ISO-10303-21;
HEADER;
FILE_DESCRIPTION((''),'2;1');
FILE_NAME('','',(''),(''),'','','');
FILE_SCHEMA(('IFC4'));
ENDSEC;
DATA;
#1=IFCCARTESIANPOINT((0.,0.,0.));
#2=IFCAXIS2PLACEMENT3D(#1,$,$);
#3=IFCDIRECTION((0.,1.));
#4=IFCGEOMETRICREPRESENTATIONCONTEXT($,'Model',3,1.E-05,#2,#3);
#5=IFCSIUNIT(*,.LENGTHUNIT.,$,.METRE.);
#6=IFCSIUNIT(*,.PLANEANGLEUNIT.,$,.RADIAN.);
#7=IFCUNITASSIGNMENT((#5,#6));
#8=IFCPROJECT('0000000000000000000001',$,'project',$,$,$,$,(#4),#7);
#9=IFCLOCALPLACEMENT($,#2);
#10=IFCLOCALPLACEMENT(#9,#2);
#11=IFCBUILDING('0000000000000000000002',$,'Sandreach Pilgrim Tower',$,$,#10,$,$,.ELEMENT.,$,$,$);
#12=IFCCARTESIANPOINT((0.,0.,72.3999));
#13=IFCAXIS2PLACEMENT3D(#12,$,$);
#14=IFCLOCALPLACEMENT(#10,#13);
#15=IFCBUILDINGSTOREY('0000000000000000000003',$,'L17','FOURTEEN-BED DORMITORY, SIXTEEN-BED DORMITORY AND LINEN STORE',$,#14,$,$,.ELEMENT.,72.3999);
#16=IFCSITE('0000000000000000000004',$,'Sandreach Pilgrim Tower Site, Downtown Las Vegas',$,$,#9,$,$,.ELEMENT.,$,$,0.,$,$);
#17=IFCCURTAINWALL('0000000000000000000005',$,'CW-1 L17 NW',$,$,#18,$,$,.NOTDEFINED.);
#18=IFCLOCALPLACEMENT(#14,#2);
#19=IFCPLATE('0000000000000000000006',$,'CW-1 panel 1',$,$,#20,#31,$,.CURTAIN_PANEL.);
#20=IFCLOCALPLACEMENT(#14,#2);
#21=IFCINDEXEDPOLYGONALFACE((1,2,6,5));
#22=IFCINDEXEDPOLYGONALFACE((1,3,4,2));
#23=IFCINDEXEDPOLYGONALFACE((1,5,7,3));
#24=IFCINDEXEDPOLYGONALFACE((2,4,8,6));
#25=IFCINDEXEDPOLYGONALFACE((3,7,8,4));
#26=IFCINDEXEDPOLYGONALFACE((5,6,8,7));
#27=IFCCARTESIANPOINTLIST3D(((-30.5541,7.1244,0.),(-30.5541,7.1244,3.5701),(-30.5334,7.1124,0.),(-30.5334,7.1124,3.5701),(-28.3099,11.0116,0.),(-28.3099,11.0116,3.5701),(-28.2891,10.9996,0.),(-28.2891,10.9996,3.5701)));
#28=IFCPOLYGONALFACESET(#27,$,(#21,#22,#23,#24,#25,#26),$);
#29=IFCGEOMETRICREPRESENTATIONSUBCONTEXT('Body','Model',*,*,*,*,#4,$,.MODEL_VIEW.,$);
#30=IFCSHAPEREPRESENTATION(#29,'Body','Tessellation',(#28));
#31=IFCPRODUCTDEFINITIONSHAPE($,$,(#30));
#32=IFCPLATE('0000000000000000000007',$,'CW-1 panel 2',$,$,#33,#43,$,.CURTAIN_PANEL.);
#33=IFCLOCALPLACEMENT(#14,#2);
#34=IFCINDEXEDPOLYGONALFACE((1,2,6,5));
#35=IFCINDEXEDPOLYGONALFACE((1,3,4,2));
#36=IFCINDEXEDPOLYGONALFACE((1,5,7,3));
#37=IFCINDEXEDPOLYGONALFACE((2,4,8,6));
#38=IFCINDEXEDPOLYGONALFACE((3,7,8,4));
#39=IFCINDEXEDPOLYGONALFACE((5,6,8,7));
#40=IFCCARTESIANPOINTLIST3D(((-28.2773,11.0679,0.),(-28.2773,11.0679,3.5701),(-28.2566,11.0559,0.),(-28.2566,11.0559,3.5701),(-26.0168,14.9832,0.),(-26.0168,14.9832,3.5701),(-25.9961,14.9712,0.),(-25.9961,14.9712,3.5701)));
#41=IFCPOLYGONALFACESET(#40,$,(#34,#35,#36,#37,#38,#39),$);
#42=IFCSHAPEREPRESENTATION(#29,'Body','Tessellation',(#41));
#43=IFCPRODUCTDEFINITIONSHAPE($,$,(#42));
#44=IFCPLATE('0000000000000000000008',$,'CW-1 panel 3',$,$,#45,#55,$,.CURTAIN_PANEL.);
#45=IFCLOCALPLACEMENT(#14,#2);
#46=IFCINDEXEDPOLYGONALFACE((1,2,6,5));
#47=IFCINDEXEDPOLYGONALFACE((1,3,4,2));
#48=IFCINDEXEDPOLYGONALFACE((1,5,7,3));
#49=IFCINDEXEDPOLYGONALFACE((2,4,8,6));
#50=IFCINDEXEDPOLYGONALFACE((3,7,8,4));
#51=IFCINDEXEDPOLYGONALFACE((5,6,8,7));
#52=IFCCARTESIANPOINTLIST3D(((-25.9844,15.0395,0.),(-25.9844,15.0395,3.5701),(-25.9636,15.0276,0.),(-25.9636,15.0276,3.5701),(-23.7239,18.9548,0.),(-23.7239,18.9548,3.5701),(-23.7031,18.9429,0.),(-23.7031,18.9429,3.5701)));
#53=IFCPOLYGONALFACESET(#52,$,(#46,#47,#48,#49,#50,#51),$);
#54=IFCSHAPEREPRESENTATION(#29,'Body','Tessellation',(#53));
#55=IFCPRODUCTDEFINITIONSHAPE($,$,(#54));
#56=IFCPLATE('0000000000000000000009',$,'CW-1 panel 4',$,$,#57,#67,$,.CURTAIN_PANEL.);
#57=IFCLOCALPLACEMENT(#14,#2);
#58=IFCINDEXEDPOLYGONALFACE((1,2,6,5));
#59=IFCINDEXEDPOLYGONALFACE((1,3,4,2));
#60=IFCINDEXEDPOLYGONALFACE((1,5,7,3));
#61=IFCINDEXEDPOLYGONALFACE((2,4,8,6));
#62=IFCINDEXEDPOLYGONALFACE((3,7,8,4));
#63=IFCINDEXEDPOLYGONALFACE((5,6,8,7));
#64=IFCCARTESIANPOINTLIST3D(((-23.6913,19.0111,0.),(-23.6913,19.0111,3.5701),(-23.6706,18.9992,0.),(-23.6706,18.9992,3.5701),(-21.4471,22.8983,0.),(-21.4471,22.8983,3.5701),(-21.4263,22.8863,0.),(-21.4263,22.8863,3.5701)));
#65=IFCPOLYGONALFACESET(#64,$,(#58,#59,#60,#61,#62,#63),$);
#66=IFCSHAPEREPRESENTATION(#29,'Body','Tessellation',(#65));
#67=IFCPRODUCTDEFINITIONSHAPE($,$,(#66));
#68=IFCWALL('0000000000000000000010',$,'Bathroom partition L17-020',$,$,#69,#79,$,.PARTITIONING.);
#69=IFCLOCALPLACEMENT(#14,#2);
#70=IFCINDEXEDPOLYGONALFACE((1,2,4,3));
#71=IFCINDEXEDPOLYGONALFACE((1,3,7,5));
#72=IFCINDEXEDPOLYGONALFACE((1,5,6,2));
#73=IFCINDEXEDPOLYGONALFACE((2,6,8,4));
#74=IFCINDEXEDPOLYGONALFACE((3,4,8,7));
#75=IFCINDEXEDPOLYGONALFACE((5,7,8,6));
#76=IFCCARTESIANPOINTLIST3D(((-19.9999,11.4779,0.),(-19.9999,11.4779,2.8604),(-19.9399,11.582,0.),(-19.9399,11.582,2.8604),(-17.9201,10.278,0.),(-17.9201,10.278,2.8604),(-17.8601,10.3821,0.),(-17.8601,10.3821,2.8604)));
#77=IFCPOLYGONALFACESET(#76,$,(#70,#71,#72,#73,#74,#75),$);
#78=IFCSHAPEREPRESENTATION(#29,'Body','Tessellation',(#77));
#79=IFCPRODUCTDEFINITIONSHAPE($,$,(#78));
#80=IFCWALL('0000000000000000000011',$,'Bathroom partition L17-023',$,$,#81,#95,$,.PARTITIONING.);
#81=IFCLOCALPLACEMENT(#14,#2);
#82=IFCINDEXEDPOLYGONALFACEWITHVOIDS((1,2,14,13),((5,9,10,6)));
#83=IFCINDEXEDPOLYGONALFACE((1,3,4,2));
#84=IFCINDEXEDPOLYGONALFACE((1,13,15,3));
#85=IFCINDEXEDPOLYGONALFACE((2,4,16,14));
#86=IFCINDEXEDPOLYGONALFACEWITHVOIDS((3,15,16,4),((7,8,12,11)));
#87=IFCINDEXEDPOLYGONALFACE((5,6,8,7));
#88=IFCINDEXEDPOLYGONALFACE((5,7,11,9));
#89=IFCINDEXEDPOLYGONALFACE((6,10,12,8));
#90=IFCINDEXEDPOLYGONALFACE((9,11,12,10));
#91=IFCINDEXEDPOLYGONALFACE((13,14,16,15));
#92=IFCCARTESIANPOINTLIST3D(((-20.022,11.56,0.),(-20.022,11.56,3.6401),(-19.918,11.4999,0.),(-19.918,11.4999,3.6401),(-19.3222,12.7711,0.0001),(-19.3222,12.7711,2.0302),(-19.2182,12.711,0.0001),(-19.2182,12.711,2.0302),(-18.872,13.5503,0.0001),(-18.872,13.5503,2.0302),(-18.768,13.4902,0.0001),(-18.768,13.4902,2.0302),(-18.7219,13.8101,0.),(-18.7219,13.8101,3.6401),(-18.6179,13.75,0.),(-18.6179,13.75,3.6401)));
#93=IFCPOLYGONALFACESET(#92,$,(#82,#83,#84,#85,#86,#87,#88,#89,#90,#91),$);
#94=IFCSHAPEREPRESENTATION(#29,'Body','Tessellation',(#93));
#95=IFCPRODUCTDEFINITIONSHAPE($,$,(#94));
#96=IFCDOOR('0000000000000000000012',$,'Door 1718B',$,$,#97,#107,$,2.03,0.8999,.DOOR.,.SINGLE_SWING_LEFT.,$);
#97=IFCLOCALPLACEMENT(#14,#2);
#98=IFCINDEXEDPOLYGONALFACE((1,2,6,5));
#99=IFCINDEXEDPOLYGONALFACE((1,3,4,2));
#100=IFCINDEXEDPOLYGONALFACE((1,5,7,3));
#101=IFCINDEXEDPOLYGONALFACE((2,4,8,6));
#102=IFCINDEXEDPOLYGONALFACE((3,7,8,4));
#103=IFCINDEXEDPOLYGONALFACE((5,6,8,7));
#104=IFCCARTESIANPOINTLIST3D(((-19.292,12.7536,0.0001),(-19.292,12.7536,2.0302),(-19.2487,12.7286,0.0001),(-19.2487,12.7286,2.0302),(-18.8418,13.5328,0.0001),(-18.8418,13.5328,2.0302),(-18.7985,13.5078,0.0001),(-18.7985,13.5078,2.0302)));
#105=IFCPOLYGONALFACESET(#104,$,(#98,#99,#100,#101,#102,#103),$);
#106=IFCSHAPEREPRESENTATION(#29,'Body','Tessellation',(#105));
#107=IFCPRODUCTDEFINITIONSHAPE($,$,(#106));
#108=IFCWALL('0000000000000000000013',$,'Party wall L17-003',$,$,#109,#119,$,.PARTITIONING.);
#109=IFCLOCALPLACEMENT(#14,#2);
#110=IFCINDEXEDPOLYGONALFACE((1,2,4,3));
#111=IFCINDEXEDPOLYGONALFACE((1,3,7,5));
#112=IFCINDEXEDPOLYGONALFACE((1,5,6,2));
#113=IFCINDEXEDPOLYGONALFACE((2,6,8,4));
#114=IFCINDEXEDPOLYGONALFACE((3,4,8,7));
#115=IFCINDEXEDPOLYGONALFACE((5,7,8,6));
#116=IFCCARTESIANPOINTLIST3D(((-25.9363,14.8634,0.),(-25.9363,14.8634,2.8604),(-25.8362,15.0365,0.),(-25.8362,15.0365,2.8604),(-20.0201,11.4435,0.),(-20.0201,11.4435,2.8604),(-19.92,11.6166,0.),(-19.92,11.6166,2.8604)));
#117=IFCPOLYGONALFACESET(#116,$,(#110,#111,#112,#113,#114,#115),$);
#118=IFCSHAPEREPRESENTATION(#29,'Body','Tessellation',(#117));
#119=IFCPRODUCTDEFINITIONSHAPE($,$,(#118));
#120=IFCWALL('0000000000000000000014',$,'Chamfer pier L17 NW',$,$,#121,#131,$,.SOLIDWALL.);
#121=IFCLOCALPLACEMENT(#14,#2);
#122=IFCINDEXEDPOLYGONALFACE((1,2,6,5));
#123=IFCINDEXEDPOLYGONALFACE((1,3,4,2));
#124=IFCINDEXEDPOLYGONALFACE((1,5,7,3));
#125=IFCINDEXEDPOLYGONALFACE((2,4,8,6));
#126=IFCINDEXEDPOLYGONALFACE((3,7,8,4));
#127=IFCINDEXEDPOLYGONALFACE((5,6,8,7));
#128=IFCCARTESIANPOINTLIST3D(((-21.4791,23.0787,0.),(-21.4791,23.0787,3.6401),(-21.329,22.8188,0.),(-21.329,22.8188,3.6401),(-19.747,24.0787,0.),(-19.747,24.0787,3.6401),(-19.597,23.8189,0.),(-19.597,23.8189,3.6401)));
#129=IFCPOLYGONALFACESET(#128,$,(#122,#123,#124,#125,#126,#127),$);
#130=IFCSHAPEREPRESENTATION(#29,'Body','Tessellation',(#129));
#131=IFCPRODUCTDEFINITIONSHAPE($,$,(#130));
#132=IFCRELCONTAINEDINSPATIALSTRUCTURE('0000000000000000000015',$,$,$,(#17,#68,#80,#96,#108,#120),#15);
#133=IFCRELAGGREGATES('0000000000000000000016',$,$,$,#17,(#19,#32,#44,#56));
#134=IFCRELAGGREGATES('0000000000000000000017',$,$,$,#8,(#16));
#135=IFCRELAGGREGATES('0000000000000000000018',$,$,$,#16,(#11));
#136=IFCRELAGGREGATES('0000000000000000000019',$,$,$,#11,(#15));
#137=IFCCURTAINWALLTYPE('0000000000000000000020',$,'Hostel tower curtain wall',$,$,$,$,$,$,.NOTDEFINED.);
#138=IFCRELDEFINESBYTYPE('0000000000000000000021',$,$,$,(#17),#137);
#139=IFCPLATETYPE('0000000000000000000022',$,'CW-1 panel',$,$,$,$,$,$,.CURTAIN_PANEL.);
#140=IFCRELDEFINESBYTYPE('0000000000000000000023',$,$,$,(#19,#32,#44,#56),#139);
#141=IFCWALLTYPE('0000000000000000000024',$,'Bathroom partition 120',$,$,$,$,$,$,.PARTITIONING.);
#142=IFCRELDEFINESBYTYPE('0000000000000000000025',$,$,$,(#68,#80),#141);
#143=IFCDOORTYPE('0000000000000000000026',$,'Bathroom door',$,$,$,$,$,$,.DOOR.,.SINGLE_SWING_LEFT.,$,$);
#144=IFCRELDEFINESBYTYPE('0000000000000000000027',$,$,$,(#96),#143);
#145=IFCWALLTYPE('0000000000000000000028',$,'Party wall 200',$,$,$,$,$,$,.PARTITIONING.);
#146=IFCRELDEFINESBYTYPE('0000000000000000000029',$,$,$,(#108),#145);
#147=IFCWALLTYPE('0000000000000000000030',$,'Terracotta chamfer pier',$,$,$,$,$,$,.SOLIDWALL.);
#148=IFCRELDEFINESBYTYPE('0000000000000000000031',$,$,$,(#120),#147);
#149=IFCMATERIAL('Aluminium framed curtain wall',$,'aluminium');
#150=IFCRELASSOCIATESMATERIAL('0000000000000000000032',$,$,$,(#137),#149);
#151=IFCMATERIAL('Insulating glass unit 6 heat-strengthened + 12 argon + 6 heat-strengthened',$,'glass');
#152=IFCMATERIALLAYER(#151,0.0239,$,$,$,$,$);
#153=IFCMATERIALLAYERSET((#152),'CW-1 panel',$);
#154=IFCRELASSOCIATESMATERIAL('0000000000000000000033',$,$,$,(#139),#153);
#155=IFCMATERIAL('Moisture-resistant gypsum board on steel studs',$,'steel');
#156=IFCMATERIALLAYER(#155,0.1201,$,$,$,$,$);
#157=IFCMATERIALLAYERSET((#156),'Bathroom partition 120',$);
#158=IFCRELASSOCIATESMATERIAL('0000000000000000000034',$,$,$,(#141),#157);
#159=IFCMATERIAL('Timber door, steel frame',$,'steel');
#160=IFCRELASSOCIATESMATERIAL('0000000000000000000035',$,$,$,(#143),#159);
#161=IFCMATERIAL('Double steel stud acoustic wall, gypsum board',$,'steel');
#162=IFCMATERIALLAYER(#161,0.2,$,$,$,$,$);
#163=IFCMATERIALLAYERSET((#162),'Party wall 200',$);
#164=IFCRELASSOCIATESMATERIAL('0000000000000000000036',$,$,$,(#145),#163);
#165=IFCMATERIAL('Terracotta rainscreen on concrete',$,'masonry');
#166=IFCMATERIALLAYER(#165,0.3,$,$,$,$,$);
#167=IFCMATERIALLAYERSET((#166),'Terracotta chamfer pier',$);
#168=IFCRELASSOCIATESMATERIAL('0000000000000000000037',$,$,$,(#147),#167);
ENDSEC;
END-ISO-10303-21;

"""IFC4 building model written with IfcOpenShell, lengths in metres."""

from ifc_helpers import new_model, si_unit, direction, frame, frame_2d, origin, origin_2d, place, context, subcontext, project, spatial, rectangle, extrude, material, layer, layer_set, type_object, element, fill, aggregate, save


model = new_model("IFC4")

# Units and contexts
model_context = context("Model", 3, precision=1e-05, world=origin(), true_north=direction((0.0, 1.0)))
body_context = subcontext(model_context, "Body", "Model", "MODEL_VIEW")
ifc_project = project(units=[si_unit("LENGTHUNIT", "METRE"), si_unit("PLANEANGLEUNIT", "RADIAN")], contexts=[model_context])

# Site, building, storey
site_placement = place(None, origin())
site = spatial("IfcSite", under=ifc_project, at=site_placement, Name="Sandreach Pilgrim Tower Site, Downtown Las Vegas", CompositionType="ELEMENT", RefElevation=0.0)
building_placement = place(site_placement, origin())
building = spatial("IfcBuilding", under=site, at=building_placement, Name="Sandreach Pilgrim Tower", CompositionType="ELEMENT")
storey_placement = place(building_placement, frame((0.0, 0.0, 72.3999)))
storey = spatial("IfcBuildingStorey", under=building, at=storey_placement, Name="L17", Description="FOURTEEN-BED DORMITORY, SIXTEEN-BED DORMITORY AND LINEN STORE", CompositionType="ELEMENT", Elevation=72.3999)

# Shared definitions
ifc_material_1 = material(Name="Aluminium framed curtain wall", Category="aluminium")
curtain_wall_type = type_object("IfcCurtainWallType", Name="Hostel tower curtain wall", PredefinedType="NOTDEFINED", material=ifc_material_1)

# Curtain wall
curtain_wall_1_placement = place(storey_placement, origin())
curtain_wall_1 = element("IfcCurtainWall", 1, at=curtain_wall_1_placement, inside=storey, type_object=curtain_wall_type, Name="CW-1 L17 NW", PredefinedType="NOTDEFINED")

# Plates
ifc_material_2 = material(Name="Insulating glass unit 6 heat-strengthened + 12 argon + 6 heat-strengthened", Category="glass")
ifc_layer_1 = layer(ifc_material_2, 0.0239)
ifc_layer_set_1 = layer_set([ifc_layer_1], Name="CW-1 panel")
plate_type = type_object("IfcPlateType", Name="CW-1 panel", PredefinedType="CURTAIN_PANEL", material=ifc_layer_set_1)
plate_1_placement = place(storey_placement, frame((-29.4216, 9.062, 0.0), z_axis=(0.0, 0.0, 1.0), x_axis=(0.5, 0.866025, 0.0)))
plate_1 = element("IfcPlate", 2, at=plate_1_placement, type_object=plate_type, Name="CW-1 panel 1", PredefinedType="CURTAIN_PANEL", context=body_context, shape_type="SweptSolid", body=[
    extrude(rectangle(XDim=4.4885, YDim=0.0239, at=origin_2d()), origin(), (0.0, 0.0, 1.0), 3.5701),
])
plate_2_placement = place(storey_placement, frame((-27.1367, 13.0195, 0.0), z_axis=(0.0, 0.0, 1.0), x_axis=(0.5, 0.866025, 0.0)))
plate_2 = element("IfcPlate", 3, at=plate_2_placement, type_object=plate_type, Name="CW-1 panel 2", PredefinedType="CURTAIN_PANEL", context=body_context, shape_type="SweptSolid", body=[
    extrude(rectangle(XDim=4.521, YDim=0.0239, at=origin_2d()), origin(), (0.0, 0.0, 1.0), 3.5701),
])
plate_3_placement = place(storey_placement, frame((-24.8438, 16.9912, 0.0), z_axis=(0.0, 0.0, 1.0), x_axis=(0.5, 0.866025, 0.0)))
plate_3 = element("IfcPlate", 4, at=plate_3_placement, type_object=plate_type, Name="CW-1 panel 3", PredefinedType="CURTAIN_PANEL", context=body_context, shape_type="SweptSolid", body=[
    extrude(rectangle(XDim=4.521, YDim=0.0239, at=origin_2d()), origin(), (0.0, 0.0, 1.0), 3.5701),
])
plate_4_placement = place(storey_placement, frame((-22.5588, 20.9487, 0.0), z_axis=(0.0, 0.0, 1.0), x_axis=(0.5, 0.866025, 0.0)))
plate_4 = element("IfcPlate", 5, at=plate_4_placement, type_object=plate_type, Name="CW-1 panel 4", PredefinedType="CURTAIN_PANEL", context=body_context, shape_type="SweptSolid", body=[
    extrude(rectangle(XDim=4.4885, YDim=0.0239, at=origin_2d()), origin(), (0.0, 0.0, 1.0), 3.5701),
])
aggregate(curtain_wall_1, [plate_1, plate_2, plate_3, plate_4])

# Wall
ifc_material_3 = material(Name="Moisture-resistant gypsum board on steel studs", Category="steel")
ifc_layer_2 = layer(ifc_material_3, 0.1201)
ifc_layer_set_2 = layer_set([ifc_layer_2], Name="Bathroom partition 120")
wall_type_1 = type_object("IfcWallType", Name="Bathroom partition 120", PredefinedType="PARTITIONING", material=ifc_layer_set_2)
wall_1_placement = place(storey_placement, frame((-19.97, 11.53, 0.0), z_axis=(0.0, 0.0, 1.0), x_axis=(0.866177, -0.499737, 0.0)))
element("IfcWall", 6, at=wall_1_placement, inside=storey, type_object=wall_type_1, Name="Bathroom partition L17-020", PredefinedType="PARTITIONING", context=body_context, shape_type="SweptSolid", body=[
    extrude(rectangle(XDim=2.4011, YDim=0.1201, at=frame_2d((1.2007, 0.0))), origin(), (0.0, 0.0, 1.0), 2.8604),
])

# Wall, opening, door
wall_2_placement = place(storey_placement, frame((-18.6699, 13.78, 0.0), z_axis=(0.0, 0.0, 1.0), x_axis=(-0.500292, -0.865857, 0.0)))
wall_2 = element("IfcWall", 7, at=wall_2_placement, inside=storey, type_object=wall_type_1, Name="Bathroom partition L17-023", PredefinedType="PARTITIONING", context=body_context, shape_type="SweptSolid", body=[
    extrude(rectangle(XDim=2.5986, YDim=0.1201, at=frame_2d((1.2993, 0.0))), origin(), (0.0, 0.0, 1.0), 3.6401),
])
opening_placement = place(wall_2_placement, frame((0.3, 0.0, 0.0)))
opening = element("IfcOpeningElement", 8, at=opening_placement, cuts=wall_2, PredefinedType="OPENING", context=body_context, shape_type="SweptSolid", body=[
    extrude(rectangle(XDim=0.8999, YDim=2.03, at=frame_2d((0.45, 1.0151))), frame((0.0, 0.0601, 0.0), z_axis=(0.0, -1.0, 0.0), x_axis=(1.0, 0.0, 0.0)), (0.0, 0.0, 1.0), 0.1201),
])
ifc_material_4 = material(Name="Timber door, steel frame", Category="steel")
door_type = type_object("IfcDoorType", Name="Bathroom door", OperationType="SINGLE_SWING_LEFT", PredefinedType="DOOR", material=ifc_material_4)
door_placement = place(opening_placement, origin())
door = element("IfcDoor", 9, at=door_placement, inside=storey, type_object=door_type, Name="Door 1718B", OperationType="SINGLE_SWING_LEFT", OverallHeight=2.03, OverallWidth=0.8999, PredefinedType="DOOR", context=body_context, shape_type="SweptSolid", body=[
    extrude(rectangle(XDim=0.8999, YDim=2.03, at=frame_2d((0.45, 1.0151))), frame((0.0, 0.0249, 0.0), z_axis=(0.0, -1.0, 0.0), x_axis=(1.0, 0.0, 0.0)), (0.0, 0.0, 1.0), 0.05),
])
fill(opening, door)

# Walls
ifc_material_5 = material(Name="Double steel stud acoustic wall, gypsum board", Category="steel")
ifc_layer_3 = layer(ifc_material_5, 0.2)
ifc_layer_set_3 = layer_set([ifc_layer_3], Name="Party wall 200")
wall_type_2 = type_object("IfcWallType", Name="Party wall 200", PredefinedType="PARTITIONING", material=ifc_layer_set_3)
wall_3_placement = place(storey_placement, frame((-25.8862, 14.95, 0.0), z_axis=(0.0, 0.0, 1.0), x_axis=(0.865761, -0.500457, 0.0)))
element("IfcWall", 10, at=wall_3_placement, inside=storey, type_object=wall_type_2, Name="Party wall L17-003", PredefinedType="PARTITIONING", context=body_context, shape_type="SweptSolid", body=[
    extrude(rectangle(XDim=6.8335, YDim=0.2, at=frame_2d((3.4167, 0.0))), origin(), (0.0, 0.0, 1.0), 2.8604),
])
ifc_material_6 = material(Name="Terracotta rainscreen on concrete", Category="masonry")
ifc_layer_4 = layer(ifc_material_6, 0.3)
ifc_layer_set_4 = layer_set([ifc_layer_4], Name="Terracotta chamfer pier")
wall_type_3 = type_object("IfcWallType", Name="Terracotta chamfer pier", PredefinedType="SOLIDWALL", material=ifc_layer_set_4)
wall_4_placement = place(storey_placement, frame((-21.4041, 22.9487, 0.0), z_axis=(0.0, 0.0, 1.0), x_axis=(0.866011, 0.500025, 0.0)))
element("IfcWall", 11, at=wall_4_placement, inside=storey, type_object=wall_type_3, Name="Chamfer pier L17 NW", PredefinedType="SOLIDWALL", context=body_context, shape_type="SweptSolid", body=[
    extrude(rectangle(XDim=2.0, YDim=0.3, at=frame_2d((1.0, 0.0))), origin(), (0.0, 0.0, 1.0), 3.6401),
])

save(model, "model.ifc")
